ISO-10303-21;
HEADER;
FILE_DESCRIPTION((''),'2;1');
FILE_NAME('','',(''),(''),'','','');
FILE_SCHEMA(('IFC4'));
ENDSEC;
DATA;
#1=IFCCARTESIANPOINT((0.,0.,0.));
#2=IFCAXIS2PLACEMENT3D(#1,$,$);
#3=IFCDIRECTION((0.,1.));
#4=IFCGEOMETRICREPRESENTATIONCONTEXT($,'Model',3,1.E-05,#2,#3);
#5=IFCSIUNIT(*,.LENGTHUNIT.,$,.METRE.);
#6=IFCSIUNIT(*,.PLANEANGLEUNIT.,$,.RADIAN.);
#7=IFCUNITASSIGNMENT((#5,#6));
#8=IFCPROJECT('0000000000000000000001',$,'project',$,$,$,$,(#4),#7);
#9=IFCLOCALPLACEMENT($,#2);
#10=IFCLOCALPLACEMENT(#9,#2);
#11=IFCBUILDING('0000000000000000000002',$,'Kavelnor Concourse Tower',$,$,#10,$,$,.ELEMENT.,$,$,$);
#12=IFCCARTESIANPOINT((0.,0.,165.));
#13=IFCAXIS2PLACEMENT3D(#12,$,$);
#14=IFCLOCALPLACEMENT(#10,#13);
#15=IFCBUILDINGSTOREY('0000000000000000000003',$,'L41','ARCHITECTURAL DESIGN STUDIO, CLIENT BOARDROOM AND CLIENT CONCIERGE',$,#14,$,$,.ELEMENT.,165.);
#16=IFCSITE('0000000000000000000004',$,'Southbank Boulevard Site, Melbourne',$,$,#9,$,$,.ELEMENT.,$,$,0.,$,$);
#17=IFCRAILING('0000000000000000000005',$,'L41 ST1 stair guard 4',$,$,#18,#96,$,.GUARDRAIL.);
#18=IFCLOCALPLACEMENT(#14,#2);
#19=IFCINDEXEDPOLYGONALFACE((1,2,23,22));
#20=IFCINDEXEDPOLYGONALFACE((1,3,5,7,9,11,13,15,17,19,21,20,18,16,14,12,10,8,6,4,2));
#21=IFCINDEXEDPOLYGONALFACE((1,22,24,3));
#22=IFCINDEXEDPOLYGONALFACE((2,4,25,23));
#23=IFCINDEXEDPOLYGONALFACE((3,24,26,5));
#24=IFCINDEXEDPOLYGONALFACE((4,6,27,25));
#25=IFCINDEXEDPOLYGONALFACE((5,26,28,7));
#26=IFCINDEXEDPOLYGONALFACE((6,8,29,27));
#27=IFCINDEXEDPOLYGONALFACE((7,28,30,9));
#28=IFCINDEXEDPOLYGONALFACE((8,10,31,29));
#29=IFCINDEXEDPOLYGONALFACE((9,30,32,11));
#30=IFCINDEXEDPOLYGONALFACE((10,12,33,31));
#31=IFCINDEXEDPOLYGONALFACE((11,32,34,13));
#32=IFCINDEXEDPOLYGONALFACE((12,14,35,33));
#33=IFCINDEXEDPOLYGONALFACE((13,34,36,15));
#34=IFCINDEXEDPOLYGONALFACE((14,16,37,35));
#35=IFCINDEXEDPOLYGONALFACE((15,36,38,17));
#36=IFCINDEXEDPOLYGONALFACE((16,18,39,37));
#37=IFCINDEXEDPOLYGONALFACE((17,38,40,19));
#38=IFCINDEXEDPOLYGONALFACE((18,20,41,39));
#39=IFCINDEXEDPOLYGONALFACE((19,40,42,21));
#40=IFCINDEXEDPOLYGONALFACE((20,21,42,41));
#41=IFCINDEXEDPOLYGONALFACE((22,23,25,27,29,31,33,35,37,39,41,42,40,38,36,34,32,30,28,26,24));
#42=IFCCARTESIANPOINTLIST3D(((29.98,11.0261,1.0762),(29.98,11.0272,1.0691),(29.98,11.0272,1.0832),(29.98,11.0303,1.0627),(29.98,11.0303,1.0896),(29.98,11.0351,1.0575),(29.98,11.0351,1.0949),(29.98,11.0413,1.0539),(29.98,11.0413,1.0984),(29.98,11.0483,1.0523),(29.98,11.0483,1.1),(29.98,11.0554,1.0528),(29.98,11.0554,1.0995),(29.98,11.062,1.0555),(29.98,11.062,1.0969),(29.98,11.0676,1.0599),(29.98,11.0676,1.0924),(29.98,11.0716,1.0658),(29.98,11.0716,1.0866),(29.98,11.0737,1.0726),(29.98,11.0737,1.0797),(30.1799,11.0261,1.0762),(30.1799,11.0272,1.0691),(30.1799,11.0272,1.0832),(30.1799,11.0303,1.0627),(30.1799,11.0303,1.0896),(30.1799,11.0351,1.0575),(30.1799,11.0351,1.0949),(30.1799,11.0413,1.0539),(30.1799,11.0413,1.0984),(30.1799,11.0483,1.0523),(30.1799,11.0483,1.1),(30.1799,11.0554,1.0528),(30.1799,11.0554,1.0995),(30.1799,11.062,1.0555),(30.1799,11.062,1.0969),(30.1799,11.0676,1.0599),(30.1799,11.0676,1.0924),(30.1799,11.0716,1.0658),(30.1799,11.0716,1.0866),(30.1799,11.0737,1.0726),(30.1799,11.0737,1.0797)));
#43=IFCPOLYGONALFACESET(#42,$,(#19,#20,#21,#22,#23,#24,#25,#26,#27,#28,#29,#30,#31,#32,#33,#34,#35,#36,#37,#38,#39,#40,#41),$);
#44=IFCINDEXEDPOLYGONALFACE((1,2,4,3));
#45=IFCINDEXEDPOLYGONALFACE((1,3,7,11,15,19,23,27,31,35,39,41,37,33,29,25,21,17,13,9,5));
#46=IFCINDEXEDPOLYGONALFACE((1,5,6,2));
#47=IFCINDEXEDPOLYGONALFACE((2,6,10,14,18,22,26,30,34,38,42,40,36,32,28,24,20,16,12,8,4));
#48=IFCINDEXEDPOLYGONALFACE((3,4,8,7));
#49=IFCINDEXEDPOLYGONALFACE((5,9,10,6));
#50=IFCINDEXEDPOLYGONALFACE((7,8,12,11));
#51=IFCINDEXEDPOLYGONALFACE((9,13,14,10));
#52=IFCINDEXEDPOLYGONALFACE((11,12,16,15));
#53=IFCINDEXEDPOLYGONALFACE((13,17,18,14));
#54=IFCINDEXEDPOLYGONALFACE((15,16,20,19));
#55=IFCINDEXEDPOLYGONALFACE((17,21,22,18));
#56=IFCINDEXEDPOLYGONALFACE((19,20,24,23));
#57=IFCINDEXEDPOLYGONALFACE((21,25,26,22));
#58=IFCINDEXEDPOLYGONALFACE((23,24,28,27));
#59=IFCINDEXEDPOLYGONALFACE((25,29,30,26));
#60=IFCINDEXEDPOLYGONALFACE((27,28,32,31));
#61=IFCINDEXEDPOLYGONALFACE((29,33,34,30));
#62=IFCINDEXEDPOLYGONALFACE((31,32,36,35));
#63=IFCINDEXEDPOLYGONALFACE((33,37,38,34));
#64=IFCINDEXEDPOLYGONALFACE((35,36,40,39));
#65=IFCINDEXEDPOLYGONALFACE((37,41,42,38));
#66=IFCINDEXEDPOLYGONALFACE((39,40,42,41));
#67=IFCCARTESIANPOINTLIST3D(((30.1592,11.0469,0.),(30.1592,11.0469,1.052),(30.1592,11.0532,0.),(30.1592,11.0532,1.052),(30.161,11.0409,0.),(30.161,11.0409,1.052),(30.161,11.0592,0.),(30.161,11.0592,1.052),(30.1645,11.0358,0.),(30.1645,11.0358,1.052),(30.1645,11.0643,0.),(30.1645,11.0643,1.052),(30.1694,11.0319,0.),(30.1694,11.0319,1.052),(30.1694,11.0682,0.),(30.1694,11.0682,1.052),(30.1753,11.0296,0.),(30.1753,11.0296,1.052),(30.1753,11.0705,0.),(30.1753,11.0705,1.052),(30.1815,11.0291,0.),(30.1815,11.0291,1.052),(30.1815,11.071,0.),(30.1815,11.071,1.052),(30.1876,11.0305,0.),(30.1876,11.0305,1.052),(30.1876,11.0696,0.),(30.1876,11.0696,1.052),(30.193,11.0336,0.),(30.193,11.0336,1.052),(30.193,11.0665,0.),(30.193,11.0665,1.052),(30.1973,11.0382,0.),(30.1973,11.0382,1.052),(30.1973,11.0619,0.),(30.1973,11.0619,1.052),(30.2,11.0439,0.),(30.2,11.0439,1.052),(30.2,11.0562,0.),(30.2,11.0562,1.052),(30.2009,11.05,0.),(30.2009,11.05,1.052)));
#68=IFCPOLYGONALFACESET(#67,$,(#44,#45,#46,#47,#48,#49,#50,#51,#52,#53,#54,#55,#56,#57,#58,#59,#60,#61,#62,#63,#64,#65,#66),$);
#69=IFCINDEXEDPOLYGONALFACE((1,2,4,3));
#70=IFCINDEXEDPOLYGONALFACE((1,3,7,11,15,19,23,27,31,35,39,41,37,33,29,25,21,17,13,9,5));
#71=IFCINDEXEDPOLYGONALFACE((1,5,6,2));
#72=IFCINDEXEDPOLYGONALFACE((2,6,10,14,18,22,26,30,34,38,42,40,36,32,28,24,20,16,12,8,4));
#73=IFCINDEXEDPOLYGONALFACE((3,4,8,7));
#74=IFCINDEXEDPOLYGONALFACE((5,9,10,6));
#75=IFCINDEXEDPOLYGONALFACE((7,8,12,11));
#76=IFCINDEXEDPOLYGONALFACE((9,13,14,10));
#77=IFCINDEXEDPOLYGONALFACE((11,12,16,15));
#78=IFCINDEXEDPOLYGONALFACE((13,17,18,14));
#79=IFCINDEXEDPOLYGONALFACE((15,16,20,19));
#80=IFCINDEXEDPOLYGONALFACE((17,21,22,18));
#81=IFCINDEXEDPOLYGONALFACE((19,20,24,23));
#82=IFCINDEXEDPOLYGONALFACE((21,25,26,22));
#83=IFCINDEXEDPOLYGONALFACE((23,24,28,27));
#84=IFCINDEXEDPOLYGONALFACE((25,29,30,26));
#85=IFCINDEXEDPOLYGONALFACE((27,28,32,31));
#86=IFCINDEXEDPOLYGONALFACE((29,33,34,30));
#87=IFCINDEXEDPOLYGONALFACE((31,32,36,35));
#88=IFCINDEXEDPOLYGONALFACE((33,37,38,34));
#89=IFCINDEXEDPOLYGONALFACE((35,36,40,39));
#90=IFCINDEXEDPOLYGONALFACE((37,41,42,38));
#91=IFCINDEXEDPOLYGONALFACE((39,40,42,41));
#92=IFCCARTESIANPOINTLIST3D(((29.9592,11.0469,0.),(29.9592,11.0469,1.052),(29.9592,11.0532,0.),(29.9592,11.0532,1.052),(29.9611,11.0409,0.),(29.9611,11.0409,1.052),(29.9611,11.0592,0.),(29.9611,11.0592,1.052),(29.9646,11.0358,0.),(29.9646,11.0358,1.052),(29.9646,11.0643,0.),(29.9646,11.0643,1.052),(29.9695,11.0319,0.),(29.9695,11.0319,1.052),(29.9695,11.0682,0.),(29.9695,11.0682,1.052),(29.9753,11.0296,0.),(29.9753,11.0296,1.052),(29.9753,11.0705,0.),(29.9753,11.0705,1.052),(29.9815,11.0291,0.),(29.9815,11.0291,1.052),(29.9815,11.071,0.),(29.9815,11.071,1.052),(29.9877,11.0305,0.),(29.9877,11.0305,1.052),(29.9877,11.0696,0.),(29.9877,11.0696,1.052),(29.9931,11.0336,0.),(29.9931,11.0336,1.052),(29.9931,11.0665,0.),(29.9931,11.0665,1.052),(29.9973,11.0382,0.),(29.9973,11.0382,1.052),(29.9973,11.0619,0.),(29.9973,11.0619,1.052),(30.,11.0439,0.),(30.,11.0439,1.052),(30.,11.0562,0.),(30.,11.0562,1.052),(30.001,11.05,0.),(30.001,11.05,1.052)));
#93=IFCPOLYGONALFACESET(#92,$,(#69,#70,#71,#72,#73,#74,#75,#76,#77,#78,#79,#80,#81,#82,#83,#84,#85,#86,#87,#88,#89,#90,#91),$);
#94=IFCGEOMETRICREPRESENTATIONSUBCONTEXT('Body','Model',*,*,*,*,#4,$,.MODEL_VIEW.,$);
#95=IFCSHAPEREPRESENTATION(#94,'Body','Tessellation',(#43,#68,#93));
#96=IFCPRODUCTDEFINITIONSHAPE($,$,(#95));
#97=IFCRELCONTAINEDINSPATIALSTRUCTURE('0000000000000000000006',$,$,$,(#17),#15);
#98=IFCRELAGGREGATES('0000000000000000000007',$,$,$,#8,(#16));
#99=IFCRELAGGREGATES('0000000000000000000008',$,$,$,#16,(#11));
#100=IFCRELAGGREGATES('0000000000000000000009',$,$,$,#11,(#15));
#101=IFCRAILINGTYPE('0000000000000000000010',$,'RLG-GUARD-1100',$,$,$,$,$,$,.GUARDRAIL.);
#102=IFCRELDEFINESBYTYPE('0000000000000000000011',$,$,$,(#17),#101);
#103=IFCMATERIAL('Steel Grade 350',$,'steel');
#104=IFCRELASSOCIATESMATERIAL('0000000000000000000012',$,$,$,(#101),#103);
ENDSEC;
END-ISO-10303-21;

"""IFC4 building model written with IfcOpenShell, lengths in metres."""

from ifc_helpers import new_model, si_unit, direction, frame, origin, origin_2d, place, context, subcontext, project, spatial, circle, extrude, material, type_object, element, save


model = new_model("IFC4")

# Units and contexts
model_context = context("Model", 3, precision=1e-05, world=origin(), true_north=direction((0.0, 1.0)))
body_context = subcontext(model_context, "Body", "Model", "MODEL_VIEW")
ifc_project = project(units=[si_unit("LENGTHUNIT", "METRE"), si_unit("PLANEANGLEUNIT", "RADIAN")], contexts=[model_context])

# Site, building, storey
site_placement = place(None, origin())
site = spatial("IfcSite", under=ifc_project, at=site_placement, Name="Southbank Boulevard Site, Melbourne", CompositionType="ELEMENT", RefElevation=0.0)
building_placement = place(site_placement, origin())
building = spatial("IfcBuilding", under=site, at=building_placement, Name="Kavelnor Concourse Tower", CompositionType="ELEMENT")
storey_placement = place(building_placement, frame((0.0, 0.0, 165.0)))
storey = spatial("IfcBuildingStorey", under=building, at=storey_placement, Name="L41", Description="ARCHITECTURAL DESIGN STUDIO, CLIENT BOARDROOM AND CLIENT CONCIERGE", CompositionType="ELEMENT", Elevation=165.0)

# Shared definitions
ifc_material_1 = material(Name="Steel Grade 350", Category="steel")

# Railing
railing_type_1 = type_object("IfcRailingType", Name="RLG-GUARD-1100", PredefinedType="GUARDRAIL", material=ifc_material_1)
railing_1_placement = place(storey_placement, frame((30.1799, 11.05, 0.0)))
element("IfcRailing", 1, at=railing_1_placement, inside=storey, type_object=railing_type_1, Name="L41 ST1 stair guard 4", PredefinedType="GUARDRAIL", context=body_context, shape_type="SweptSolid", body=[
    extrude(circle(Radius=0.0239, at=origin_2d()), frame((0.0, 0.0, 1.0762), z_axis=(-1.0, 0.0, 0.0), x_axis=(0.0, -1.0, 0.0)), (0.0, 0.0, 1.0), 0.2),
    extrude(circle(Radius=0.021, at=origin_2d()), origin(), (0.0, 0.0, 1.0), 1.052),
    extrude(circle(Radius=0.021, at=origin_2d()), frame((-0.2, 0.0, 0.0)), (0.0, 0.0, 1.0), 1.052),
])

save(model, "model.ifc")
